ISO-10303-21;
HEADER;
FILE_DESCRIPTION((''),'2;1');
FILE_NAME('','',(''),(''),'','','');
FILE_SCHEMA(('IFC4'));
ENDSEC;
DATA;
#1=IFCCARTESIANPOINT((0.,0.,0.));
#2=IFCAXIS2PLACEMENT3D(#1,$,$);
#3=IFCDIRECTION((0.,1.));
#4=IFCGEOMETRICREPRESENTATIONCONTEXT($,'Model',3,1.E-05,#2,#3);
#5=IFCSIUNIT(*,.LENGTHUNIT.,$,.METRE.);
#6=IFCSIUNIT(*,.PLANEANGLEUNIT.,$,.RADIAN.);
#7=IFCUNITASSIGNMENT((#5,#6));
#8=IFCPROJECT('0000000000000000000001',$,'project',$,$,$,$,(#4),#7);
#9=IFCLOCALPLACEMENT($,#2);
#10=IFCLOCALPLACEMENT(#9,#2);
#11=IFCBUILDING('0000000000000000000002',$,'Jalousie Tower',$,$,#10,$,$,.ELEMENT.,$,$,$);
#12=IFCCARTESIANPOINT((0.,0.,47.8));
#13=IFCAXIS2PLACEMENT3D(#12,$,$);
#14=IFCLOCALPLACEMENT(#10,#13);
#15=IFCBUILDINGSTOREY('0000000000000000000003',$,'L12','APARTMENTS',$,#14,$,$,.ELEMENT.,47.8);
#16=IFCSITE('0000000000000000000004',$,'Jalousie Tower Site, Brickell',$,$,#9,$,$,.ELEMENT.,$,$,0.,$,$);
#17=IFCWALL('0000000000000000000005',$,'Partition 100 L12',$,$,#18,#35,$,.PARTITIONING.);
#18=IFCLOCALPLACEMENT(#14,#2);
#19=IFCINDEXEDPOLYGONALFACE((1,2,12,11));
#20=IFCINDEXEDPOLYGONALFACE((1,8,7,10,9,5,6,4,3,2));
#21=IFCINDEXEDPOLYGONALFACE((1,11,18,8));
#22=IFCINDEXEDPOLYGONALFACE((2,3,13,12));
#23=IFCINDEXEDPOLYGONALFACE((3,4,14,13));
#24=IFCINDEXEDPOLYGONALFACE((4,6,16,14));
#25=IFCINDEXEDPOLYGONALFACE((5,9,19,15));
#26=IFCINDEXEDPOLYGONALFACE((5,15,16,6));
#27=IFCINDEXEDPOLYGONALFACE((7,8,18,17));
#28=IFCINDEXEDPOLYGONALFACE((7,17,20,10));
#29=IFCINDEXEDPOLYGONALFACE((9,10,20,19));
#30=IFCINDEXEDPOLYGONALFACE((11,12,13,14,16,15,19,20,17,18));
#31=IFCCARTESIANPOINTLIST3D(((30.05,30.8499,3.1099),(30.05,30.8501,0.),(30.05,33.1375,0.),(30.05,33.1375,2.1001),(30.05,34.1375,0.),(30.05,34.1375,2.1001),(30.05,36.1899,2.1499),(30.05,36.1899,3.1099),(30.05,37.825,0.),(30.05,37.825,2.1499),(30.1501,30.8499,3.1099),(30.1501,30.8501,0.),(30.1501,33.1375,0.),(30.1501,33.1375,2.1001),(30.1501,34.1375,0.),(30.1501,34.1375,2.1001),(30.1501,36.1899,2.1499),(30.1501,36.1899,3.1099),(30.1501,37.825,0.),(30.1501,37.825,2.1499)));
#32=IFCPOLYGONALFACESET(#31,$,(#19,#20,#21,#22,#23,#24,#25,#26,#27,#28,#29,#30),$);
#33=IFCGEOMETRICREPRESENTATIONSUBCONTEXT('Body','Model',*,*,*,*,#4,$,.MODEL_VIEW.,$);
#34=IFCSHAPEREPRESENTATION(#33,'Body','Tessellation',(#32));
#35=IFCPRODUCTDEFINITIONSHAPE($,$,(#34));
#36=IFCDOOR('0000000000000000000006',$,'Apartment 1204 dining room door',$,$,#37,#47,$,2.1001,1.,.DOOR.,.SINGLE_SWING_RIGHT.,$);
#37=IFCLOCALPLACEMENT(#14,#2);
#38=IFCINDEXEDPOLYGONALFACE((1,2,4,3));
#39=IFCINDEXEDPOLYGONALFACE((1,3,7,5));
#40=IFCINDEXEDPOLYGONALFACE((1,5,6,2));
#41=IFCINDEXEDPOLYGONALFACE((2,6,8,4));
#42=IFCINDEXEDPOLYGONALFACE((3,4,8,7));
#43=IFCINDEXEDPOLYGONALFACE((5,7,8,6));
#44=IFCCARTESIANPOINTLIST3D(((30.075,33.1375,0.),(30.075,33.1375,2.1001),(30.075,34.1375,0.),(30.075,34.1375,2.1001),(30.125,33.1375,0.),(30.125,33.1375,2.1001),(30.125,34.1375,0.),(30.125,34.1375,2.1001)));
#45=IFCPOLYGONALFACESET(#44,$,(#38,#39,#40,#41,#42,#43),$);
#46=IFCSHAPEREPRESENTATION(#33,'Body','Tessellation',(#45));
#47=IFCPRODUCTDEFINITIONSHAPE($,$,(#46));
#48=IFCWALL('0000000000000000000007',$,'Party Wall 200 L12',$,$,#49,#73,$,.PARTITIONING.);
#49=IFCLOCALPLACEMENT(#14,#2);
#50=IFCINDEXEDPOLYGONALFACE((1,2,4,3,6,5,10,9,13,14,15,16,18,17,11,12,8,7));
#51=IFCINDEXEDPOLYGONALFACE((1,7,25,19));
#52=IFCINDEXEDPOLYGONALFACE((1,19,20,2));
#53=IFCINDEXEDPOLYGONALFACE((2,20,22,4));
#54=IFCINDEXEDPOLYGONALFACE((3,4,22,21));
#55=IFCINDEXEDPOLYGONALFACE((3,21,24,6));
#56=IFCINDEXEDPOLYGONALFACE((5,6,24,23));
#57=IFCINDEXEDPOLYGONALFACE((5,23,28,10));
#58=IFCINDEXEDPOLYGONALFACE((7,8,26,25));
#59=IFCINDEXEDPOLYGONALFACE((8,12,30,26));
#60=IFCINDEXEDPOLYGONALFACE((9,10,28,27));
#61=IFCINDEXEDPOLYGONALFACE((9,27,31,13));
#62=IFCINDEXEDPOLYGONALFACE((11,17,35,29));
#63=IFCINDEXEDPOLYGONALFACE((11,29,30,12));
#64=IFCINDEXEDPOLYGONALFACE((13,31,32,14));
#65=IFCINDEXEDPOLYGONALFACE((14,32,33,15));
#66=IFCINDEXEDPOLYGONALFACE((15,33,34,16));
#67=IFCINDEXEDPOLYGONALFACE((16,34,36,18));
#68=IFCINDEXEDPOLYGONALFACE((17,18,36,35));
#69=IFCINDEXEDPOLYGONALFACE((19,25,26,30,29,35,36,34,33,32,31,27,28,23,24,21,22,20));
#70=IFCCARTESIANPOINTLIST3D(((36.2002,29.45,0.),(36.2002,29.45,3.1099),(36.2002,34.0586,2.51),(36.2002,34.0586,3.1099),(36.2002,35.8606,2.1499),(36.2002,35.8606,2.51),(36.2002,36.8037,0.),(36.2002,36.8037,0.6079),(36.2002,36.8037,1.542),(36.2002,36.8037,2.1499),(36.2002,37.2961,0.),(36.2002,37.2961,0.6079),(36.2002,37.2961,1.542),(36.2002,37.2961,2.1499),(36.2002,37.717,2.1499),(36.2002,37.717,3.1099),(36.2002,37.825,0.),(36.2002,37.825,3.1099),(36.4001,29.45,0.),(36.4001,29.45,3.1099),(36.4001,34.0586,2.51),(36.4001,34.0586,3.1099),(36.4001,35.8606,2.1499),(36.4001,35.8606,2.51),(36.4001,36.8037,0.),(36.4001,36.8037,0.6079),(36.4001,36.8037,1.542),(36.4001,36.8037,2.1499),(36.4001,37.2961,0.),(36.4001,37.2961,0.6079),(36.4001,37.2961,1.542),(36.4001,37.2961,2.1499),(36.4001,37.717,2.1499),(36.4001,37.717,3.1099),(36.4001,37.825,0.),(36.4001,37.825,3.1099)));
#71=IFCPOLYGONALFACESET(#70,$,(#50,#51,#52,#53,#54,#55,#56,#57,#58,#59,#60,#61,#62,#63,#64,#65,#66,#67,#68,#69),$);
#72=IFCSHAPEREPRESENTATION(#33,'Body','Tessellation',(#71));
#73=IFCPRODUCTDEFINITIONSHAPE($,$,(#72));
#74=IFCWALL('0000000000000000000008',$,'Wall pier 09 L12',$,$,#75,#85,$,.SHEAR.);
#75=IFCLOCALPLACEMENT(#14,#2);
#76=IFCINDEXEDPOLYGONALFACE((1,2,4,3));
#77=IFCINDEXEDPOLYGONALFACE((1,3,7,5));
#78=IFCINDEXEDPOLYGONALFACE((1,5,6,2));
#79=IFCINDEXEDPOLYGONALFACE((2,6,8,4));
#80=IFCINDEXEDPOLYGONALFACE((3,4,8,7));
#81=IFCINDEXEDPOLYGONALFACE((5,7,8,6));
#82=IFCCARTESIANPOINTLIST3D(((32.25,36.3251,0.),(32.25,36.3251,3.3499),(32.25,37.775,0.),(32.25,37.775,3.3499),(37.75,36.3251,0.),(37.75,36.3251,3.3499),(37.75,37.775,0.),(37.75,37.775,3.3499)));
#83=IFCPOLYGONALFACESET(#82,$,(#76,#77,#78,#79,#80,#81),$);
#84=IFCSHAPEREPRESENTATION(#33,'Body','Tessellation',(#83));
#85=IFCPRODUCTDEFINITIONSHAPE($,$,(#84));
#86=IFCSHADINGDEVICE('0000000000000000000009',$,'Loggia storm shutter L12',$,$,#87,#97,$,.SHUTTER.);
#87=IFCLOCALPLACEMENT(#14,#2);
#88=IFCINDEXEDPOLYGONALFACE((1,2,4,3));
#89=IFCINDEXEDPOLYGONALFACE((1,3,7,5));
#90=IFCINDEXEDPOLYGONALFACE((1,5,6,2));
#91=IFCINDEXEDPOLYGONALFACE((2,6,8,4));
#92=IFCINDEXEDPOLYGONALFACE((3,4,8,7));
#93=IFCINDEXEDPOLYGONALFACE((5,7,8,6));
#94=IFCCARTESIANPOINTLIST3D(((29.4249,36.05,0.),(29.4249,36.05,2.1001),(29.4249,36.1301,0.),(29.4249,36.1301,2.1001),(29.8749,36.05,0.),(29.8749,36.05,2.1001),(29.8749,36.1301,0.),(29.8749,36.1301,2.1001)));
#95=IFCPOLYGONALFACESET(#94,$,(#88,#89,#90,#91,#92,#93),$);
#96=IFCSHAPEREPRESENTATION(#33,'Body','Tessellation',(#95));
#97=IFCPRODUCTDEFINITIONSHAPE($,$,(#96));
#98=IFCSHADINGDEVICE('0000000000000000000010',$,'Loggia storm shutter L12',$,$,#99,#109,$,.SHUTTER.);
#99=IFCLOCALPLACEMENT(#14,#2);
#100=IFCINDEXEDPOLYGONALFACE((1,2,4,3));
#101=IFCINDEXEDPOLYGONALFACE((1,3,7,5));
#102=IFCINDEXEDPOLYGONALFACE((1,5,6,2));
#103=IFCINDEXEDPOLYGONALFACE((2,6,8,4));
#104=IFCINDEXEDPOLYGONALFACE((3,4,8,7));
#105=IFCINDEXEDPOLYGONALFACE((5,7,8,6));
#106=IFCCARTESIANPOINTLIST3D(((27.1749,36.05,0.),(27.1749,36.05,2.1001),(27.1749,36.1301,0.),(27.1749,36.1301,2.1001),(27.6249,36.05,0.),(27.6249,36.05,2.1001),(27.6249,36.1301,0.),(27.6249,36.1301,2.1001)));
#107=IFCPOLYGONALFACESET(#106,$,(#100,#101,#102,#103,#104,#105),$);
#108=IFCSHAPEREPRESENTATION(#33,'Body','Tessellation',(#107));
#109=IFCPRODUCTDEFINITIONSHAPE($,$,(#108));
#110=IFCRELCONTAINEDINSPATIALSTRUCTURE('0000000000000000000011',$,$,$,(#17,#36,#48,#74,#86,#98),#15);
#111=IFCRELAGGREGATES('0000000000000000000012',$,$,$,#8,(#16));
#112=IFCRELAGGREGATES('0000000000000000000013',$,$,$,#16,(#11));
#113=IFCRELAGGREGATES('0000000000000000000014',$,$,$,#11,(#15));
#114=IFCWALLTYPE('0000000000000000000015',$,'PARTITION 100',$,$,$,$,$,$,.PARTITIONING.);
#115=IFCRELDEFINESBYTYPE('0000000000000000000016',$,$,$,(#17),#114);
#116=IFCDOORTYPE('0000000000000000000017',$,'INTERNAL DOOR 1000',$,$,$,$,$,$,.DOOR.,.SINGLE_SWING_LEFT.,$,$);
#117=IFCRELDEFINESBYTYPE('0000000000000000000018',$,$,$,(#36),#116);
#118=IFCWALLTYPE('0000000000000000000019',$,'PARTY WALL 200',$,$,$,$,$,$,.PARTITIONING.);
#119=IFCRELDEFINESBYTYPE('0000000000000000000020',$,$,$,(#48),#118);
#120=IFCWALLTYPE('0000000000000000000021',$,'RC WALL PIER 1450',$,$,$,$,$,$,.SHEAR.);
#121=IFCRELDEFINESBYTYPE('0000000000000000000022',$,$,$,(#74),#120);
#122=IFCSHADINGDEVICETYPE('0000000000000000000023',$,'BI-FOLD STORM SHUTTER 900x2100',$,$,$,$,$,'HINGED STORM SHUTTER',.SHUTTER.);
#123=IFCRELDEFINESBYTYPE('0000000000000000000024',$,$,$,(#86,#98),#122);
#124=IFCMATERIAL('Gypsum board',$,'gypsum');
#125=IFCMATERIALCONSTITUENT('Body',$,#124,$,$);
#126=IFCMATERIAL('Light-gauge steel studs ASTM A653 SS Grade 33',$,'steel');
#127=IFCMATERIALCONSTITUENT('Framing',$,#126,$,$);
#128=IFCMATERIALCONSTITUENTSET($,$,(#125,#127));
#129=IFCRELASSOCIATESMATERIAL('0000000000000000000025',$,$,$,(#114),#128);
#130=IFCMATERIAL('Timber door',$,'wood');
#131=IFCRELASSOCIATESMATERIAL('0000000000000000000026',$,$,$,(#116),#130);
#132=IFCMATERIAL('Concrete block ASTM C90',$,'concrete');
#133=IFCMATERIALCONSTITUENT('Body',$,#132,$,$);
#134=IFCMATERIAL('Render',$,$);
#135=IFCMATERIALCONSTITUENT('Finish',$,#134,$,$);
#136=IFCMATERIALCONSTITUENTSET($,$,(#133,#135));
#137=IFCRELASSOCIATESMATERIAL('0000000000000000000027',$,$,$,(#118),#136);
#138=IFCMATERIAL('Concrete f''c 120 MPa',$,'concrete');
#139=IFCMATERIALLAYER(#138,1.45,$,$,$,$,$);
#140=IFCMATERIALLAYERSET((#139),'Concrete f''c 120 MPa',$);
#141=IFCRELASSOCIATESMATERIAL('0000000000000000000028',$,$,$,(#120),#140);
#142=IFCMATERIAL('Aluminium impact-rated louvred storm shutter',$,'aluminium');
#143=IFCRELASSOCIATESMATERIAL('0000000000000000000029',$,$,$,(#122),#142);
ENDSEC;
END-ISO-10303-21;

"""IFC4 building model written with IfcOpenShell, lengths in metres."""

from ifc_helpers import new_model, si_unit, direction, frame, frame_2d, origin, origin_2d, place, context, subcontext, project, spatial, polyline, rectangle, outline, extrude, material, layer, layer_set, constituent, constituent_set, type_object, element, fill, save


model = new_model("IFC4")

# Units and contexts
model_context = context("Model", 3, precision=1e-05, world=origin(), true_north=direction((0.0, 1.0)))
body_context = subcontext(model_context, "Body", "Model", "MODEL_VIEW")
ifc_project = project(units=[si_unit("LENGTHUNIT", "METRE"), si_unit("PLANEANGLEUNIT", "RADIAN")], contexts=[model_context])

# Site, building, storey
site_placement = place(None, origin())
site = spatial("IfcSite", under=ifc_project, at=site_placement, Name="Jalousie Tower Site, Brickell", CompositionType="ELEMENT", RefElevation=0.0)
building_placement = place(site_placement, origin())
building = spatial("IfcBuilding", under=site, at=building_placement, Name="Jalousie Tower", CompositionType="ELEMENT")
storey_placement = place(building_placement, frame((0.0, 0.0, 47.8)))
storey = spatial("IfcBuildingStorey", under=building, at=storey_placement, Name="L12", Description="APARTMENTS", CompositionType="ELEMENT", Elevation=47.8)

# Wall, opening, door
ifc_material_1 = material(Name="Gypsum board", Category="gypsum")
ifc_constituent_1 = constituent(ifc_material_1, Name="Body")
ifc_material_2 = material(Name="Light-gauge steel studs ASTM A653 SS Grade 33", Category="steel")
ifc_constituent_2 = constituent(ifc_material_2, Name="Framing")
ifc_constituent_set_1 = constituent_set(constituents=[ifc_constituent_1, ifc_constituent_2])
wall_type_1 = type_object("IfcWallType", Name="PARTITION 100", PredefinedType="PARTITIONING", material=ifc_constituent_set_1)
wall_1_placement = place(storey_placement, frame((30.1001, 37.825, 0.0), z_axis=(0.0, 0.0, 1.0), x_axis=(0.0, -1.0, 0.0)))
wall_1 = element("IfcWall", 1, at=wall_1_placement, inside=storey, type_object=wall_type_1, Name="Partition 100 L12", PredefinedType="PARTITIONING", context=body_context, shape_type="SweptSolid", body=[
    extrude(outline(polyline([(0.0, 0.0), (6.9749, 0.0), (6.9751, 3.1099), (1.635, 3.1099), (1.635, 2.1499), (0.0, 2.1499), (0.0, 3.1099), (0.0, 0.0)])), frame((0.0, 0.05, 0.0), z_axis=(0.0, -1.0, 0.0), x_axis=(1.0, 0.0, 0.0)), (0.0, 0.0, 1.0), 0.1001),
])
opening_1_placement = place(wall_1_placement, frame((3.6875, 0.0, 0.0)))
opening_1 = element("IfcOpeningElement", 2, at=opening_1_placement, cuts=wall_1, PredefinedType="OPENING", context=body_context, shape_type="SweptSolid", body=[
    extrude(rectangle(XDim=1.0, YDim=2.1001, at=frame_2d((0.5, 1.05))), frame((0.0, 0.0601, 0.0), z_axis=(0.0, -1.0, 0.0), x_axis=(1.0, 0.0, 0.0)), (0.0, 0.0, 1.0), 0.1201),
])
ifc_material_3 = material(Name="Timber door", Category="wood")
door_type = type_object("IfcDoorType", Name="INTERNAL DOOR 1000", OperationType="SINGLE_SWING_LEFT", PredefinedType="DOOR", material=ifc_material_3)
door_placement = place(opening_1_placement, origin())
door = element("IfcDoor", 3, at=door_placement, inside=storey, type_object=door_type, Name="Apartment 1204 dining room door", OperationType="SINGLE_SWING_RIGHT", OverallHeight=2.1001, OverallWidth=1.0, PredefinedType="DOOR", context=body_context, shape_type="SweptSolid", body=[
    extrude(rectangle(XDim=1.0, YDim=2.1001, at=frame_2d((0.5, 1.05))), frame((0.0, 0.0249, 0.0), z_axis=(0.0, -1.0, 0.0), x_axis=(1.0, 0.0, 0.0)), (0.0, 0.0, 1.0), 0.05),
])
fill(opening_1, door)

# Walls
ifc_material_4 = material(Name="Concrete block ASTM C90", Category="concrete")
ifc_constituent_3 = constituent(ifc_material_4, Name="Body")
ifc_material_5 = material(Name="Render")
ifc_constituent_4 = constituent(ifc_material_5, Name="Finish")
ifc_constituent_set_2 = constituent_set(constituents=[ifc_constituent_3, ifc_constituent_4])
wall_type_2 = type_object("IfcWallType", Name="PARTY WALL 200", PredefinedType="PARTITIONING", material=ifc_constituent_set_2)
wall_2_placement = place(storey_placement, frame((36.3, 37.825, 0.0), z_axis=(0.0, 0.0, 1.0), x_axis=(0.0, -1.0, 0.0)))
element("IfcWall", 4, at=wall_2_placement, inside=storey, type_object=wall_type_2, Name="Party Wall 200 L12", PredefinedType="PARTITIONING", context=body_context, shape_type="SweptSolid", body=[
    extrude(outline(polyline([(0.1079, 3.1099), (0.0, 3.1099), (0.0, 0.0), (0.5288, 0.0), (0.5288, 0.6079), (1.0212, 0.6079), (1.0212, 0.0), (8.375, 0.0), (8.375, 3.1099), (3.7664, 3.1099), (3.7664, 2.51), (1.9644, 2.51), (1.9644, 2.1499), (1.0212, 2.1499), (1.0212, 1.542), (0.5288, 1.542), (0.5288, 2.1499), (0.1079, 2.1499), (0.1079, 3.1099)])), frame((0.0, 0.1001, 0.0), z_axis=(0.0, -1.0, 0.0), x_axis=(1.0, 0.0, 0.0)), (0.0, 0.0, 1.0), 0.2),
])
ifc_material_6 = material(Name="Concrete f'c 120 MPa", Category="concrete")
ifc_layer_1 = layer(ifc_material_6, 1.45)
ifc_layer_set_1 = layer_set([ifc_layer_1], Name="Concrete f'c 120 MPa")
wall_type_3 = type_object("IfcWallType", Name="RC WALL PIER 1450", PredefinedType="SHEAR", material=ifc_layer_set_1)
wall_3_placement = place(storey_placement, frame((32.25, 37.05, 0.0), z_axis=(0.0, 0.0, 1.0), x_axis=(1.0, 0.0, 0.0)))
element("IfcWall", 5, at=wall_3_placement, inside=storey, type_object=wall_type_3, Name="Wall pier 09 L12", PredefinedType="SHEAR", context=body_context, shape_type="SweptSolid", body=[
    extrude(rectangle(XDim=5.5, YDim=1.45, at=frame_2d((2.75, 0.0))), origin(), (0.0, 0.0, 1.0), 3.3499),
])

# Shading devices
ifc_material_7 = material(Name="Aluminium impact-rated louvred storm shutter", Category="aluminium")
shading_device_type_1 = type_object("IfcShadingDeviceType", Name="BI-FOLD STORM SHUTTER 900x2100", ElementType="HINGED STORM SHUTTER", PredefinedType="SHUTTER", material=ifc_material_7)
for number, where, z_axis, x_axis, name in (
    (6, (29.6499, 36.0901, 0.0), (0.0, 0.0, 1.0), (-1.0, 0.0, 0.0), "Loggia storm shutter L12"),
    (7, (27.3999, 36.0901, 0.0), (0.0, 0.0, 1.0), (-1.0, 0.0, 0.0), "Loggia storm shutter L12"),
):
    element("IfcShadingDevice", number, at=place(storey_placement, frame(where, z_axis=z_axis, x_axis=x_axis)), inside=storey, type_object=shading_device_type_1, Name=name, PredefinedType="SHUTTER", context=body_context, shape_type="SweptSolid", body=[
        extrude(rectangle(XDim=0.45, YDim=0.0801, at=origin_2d()), origin(), (0.0, 0.0, 1.0), 2.1001),
    ])

save(model, "model.ifc")
